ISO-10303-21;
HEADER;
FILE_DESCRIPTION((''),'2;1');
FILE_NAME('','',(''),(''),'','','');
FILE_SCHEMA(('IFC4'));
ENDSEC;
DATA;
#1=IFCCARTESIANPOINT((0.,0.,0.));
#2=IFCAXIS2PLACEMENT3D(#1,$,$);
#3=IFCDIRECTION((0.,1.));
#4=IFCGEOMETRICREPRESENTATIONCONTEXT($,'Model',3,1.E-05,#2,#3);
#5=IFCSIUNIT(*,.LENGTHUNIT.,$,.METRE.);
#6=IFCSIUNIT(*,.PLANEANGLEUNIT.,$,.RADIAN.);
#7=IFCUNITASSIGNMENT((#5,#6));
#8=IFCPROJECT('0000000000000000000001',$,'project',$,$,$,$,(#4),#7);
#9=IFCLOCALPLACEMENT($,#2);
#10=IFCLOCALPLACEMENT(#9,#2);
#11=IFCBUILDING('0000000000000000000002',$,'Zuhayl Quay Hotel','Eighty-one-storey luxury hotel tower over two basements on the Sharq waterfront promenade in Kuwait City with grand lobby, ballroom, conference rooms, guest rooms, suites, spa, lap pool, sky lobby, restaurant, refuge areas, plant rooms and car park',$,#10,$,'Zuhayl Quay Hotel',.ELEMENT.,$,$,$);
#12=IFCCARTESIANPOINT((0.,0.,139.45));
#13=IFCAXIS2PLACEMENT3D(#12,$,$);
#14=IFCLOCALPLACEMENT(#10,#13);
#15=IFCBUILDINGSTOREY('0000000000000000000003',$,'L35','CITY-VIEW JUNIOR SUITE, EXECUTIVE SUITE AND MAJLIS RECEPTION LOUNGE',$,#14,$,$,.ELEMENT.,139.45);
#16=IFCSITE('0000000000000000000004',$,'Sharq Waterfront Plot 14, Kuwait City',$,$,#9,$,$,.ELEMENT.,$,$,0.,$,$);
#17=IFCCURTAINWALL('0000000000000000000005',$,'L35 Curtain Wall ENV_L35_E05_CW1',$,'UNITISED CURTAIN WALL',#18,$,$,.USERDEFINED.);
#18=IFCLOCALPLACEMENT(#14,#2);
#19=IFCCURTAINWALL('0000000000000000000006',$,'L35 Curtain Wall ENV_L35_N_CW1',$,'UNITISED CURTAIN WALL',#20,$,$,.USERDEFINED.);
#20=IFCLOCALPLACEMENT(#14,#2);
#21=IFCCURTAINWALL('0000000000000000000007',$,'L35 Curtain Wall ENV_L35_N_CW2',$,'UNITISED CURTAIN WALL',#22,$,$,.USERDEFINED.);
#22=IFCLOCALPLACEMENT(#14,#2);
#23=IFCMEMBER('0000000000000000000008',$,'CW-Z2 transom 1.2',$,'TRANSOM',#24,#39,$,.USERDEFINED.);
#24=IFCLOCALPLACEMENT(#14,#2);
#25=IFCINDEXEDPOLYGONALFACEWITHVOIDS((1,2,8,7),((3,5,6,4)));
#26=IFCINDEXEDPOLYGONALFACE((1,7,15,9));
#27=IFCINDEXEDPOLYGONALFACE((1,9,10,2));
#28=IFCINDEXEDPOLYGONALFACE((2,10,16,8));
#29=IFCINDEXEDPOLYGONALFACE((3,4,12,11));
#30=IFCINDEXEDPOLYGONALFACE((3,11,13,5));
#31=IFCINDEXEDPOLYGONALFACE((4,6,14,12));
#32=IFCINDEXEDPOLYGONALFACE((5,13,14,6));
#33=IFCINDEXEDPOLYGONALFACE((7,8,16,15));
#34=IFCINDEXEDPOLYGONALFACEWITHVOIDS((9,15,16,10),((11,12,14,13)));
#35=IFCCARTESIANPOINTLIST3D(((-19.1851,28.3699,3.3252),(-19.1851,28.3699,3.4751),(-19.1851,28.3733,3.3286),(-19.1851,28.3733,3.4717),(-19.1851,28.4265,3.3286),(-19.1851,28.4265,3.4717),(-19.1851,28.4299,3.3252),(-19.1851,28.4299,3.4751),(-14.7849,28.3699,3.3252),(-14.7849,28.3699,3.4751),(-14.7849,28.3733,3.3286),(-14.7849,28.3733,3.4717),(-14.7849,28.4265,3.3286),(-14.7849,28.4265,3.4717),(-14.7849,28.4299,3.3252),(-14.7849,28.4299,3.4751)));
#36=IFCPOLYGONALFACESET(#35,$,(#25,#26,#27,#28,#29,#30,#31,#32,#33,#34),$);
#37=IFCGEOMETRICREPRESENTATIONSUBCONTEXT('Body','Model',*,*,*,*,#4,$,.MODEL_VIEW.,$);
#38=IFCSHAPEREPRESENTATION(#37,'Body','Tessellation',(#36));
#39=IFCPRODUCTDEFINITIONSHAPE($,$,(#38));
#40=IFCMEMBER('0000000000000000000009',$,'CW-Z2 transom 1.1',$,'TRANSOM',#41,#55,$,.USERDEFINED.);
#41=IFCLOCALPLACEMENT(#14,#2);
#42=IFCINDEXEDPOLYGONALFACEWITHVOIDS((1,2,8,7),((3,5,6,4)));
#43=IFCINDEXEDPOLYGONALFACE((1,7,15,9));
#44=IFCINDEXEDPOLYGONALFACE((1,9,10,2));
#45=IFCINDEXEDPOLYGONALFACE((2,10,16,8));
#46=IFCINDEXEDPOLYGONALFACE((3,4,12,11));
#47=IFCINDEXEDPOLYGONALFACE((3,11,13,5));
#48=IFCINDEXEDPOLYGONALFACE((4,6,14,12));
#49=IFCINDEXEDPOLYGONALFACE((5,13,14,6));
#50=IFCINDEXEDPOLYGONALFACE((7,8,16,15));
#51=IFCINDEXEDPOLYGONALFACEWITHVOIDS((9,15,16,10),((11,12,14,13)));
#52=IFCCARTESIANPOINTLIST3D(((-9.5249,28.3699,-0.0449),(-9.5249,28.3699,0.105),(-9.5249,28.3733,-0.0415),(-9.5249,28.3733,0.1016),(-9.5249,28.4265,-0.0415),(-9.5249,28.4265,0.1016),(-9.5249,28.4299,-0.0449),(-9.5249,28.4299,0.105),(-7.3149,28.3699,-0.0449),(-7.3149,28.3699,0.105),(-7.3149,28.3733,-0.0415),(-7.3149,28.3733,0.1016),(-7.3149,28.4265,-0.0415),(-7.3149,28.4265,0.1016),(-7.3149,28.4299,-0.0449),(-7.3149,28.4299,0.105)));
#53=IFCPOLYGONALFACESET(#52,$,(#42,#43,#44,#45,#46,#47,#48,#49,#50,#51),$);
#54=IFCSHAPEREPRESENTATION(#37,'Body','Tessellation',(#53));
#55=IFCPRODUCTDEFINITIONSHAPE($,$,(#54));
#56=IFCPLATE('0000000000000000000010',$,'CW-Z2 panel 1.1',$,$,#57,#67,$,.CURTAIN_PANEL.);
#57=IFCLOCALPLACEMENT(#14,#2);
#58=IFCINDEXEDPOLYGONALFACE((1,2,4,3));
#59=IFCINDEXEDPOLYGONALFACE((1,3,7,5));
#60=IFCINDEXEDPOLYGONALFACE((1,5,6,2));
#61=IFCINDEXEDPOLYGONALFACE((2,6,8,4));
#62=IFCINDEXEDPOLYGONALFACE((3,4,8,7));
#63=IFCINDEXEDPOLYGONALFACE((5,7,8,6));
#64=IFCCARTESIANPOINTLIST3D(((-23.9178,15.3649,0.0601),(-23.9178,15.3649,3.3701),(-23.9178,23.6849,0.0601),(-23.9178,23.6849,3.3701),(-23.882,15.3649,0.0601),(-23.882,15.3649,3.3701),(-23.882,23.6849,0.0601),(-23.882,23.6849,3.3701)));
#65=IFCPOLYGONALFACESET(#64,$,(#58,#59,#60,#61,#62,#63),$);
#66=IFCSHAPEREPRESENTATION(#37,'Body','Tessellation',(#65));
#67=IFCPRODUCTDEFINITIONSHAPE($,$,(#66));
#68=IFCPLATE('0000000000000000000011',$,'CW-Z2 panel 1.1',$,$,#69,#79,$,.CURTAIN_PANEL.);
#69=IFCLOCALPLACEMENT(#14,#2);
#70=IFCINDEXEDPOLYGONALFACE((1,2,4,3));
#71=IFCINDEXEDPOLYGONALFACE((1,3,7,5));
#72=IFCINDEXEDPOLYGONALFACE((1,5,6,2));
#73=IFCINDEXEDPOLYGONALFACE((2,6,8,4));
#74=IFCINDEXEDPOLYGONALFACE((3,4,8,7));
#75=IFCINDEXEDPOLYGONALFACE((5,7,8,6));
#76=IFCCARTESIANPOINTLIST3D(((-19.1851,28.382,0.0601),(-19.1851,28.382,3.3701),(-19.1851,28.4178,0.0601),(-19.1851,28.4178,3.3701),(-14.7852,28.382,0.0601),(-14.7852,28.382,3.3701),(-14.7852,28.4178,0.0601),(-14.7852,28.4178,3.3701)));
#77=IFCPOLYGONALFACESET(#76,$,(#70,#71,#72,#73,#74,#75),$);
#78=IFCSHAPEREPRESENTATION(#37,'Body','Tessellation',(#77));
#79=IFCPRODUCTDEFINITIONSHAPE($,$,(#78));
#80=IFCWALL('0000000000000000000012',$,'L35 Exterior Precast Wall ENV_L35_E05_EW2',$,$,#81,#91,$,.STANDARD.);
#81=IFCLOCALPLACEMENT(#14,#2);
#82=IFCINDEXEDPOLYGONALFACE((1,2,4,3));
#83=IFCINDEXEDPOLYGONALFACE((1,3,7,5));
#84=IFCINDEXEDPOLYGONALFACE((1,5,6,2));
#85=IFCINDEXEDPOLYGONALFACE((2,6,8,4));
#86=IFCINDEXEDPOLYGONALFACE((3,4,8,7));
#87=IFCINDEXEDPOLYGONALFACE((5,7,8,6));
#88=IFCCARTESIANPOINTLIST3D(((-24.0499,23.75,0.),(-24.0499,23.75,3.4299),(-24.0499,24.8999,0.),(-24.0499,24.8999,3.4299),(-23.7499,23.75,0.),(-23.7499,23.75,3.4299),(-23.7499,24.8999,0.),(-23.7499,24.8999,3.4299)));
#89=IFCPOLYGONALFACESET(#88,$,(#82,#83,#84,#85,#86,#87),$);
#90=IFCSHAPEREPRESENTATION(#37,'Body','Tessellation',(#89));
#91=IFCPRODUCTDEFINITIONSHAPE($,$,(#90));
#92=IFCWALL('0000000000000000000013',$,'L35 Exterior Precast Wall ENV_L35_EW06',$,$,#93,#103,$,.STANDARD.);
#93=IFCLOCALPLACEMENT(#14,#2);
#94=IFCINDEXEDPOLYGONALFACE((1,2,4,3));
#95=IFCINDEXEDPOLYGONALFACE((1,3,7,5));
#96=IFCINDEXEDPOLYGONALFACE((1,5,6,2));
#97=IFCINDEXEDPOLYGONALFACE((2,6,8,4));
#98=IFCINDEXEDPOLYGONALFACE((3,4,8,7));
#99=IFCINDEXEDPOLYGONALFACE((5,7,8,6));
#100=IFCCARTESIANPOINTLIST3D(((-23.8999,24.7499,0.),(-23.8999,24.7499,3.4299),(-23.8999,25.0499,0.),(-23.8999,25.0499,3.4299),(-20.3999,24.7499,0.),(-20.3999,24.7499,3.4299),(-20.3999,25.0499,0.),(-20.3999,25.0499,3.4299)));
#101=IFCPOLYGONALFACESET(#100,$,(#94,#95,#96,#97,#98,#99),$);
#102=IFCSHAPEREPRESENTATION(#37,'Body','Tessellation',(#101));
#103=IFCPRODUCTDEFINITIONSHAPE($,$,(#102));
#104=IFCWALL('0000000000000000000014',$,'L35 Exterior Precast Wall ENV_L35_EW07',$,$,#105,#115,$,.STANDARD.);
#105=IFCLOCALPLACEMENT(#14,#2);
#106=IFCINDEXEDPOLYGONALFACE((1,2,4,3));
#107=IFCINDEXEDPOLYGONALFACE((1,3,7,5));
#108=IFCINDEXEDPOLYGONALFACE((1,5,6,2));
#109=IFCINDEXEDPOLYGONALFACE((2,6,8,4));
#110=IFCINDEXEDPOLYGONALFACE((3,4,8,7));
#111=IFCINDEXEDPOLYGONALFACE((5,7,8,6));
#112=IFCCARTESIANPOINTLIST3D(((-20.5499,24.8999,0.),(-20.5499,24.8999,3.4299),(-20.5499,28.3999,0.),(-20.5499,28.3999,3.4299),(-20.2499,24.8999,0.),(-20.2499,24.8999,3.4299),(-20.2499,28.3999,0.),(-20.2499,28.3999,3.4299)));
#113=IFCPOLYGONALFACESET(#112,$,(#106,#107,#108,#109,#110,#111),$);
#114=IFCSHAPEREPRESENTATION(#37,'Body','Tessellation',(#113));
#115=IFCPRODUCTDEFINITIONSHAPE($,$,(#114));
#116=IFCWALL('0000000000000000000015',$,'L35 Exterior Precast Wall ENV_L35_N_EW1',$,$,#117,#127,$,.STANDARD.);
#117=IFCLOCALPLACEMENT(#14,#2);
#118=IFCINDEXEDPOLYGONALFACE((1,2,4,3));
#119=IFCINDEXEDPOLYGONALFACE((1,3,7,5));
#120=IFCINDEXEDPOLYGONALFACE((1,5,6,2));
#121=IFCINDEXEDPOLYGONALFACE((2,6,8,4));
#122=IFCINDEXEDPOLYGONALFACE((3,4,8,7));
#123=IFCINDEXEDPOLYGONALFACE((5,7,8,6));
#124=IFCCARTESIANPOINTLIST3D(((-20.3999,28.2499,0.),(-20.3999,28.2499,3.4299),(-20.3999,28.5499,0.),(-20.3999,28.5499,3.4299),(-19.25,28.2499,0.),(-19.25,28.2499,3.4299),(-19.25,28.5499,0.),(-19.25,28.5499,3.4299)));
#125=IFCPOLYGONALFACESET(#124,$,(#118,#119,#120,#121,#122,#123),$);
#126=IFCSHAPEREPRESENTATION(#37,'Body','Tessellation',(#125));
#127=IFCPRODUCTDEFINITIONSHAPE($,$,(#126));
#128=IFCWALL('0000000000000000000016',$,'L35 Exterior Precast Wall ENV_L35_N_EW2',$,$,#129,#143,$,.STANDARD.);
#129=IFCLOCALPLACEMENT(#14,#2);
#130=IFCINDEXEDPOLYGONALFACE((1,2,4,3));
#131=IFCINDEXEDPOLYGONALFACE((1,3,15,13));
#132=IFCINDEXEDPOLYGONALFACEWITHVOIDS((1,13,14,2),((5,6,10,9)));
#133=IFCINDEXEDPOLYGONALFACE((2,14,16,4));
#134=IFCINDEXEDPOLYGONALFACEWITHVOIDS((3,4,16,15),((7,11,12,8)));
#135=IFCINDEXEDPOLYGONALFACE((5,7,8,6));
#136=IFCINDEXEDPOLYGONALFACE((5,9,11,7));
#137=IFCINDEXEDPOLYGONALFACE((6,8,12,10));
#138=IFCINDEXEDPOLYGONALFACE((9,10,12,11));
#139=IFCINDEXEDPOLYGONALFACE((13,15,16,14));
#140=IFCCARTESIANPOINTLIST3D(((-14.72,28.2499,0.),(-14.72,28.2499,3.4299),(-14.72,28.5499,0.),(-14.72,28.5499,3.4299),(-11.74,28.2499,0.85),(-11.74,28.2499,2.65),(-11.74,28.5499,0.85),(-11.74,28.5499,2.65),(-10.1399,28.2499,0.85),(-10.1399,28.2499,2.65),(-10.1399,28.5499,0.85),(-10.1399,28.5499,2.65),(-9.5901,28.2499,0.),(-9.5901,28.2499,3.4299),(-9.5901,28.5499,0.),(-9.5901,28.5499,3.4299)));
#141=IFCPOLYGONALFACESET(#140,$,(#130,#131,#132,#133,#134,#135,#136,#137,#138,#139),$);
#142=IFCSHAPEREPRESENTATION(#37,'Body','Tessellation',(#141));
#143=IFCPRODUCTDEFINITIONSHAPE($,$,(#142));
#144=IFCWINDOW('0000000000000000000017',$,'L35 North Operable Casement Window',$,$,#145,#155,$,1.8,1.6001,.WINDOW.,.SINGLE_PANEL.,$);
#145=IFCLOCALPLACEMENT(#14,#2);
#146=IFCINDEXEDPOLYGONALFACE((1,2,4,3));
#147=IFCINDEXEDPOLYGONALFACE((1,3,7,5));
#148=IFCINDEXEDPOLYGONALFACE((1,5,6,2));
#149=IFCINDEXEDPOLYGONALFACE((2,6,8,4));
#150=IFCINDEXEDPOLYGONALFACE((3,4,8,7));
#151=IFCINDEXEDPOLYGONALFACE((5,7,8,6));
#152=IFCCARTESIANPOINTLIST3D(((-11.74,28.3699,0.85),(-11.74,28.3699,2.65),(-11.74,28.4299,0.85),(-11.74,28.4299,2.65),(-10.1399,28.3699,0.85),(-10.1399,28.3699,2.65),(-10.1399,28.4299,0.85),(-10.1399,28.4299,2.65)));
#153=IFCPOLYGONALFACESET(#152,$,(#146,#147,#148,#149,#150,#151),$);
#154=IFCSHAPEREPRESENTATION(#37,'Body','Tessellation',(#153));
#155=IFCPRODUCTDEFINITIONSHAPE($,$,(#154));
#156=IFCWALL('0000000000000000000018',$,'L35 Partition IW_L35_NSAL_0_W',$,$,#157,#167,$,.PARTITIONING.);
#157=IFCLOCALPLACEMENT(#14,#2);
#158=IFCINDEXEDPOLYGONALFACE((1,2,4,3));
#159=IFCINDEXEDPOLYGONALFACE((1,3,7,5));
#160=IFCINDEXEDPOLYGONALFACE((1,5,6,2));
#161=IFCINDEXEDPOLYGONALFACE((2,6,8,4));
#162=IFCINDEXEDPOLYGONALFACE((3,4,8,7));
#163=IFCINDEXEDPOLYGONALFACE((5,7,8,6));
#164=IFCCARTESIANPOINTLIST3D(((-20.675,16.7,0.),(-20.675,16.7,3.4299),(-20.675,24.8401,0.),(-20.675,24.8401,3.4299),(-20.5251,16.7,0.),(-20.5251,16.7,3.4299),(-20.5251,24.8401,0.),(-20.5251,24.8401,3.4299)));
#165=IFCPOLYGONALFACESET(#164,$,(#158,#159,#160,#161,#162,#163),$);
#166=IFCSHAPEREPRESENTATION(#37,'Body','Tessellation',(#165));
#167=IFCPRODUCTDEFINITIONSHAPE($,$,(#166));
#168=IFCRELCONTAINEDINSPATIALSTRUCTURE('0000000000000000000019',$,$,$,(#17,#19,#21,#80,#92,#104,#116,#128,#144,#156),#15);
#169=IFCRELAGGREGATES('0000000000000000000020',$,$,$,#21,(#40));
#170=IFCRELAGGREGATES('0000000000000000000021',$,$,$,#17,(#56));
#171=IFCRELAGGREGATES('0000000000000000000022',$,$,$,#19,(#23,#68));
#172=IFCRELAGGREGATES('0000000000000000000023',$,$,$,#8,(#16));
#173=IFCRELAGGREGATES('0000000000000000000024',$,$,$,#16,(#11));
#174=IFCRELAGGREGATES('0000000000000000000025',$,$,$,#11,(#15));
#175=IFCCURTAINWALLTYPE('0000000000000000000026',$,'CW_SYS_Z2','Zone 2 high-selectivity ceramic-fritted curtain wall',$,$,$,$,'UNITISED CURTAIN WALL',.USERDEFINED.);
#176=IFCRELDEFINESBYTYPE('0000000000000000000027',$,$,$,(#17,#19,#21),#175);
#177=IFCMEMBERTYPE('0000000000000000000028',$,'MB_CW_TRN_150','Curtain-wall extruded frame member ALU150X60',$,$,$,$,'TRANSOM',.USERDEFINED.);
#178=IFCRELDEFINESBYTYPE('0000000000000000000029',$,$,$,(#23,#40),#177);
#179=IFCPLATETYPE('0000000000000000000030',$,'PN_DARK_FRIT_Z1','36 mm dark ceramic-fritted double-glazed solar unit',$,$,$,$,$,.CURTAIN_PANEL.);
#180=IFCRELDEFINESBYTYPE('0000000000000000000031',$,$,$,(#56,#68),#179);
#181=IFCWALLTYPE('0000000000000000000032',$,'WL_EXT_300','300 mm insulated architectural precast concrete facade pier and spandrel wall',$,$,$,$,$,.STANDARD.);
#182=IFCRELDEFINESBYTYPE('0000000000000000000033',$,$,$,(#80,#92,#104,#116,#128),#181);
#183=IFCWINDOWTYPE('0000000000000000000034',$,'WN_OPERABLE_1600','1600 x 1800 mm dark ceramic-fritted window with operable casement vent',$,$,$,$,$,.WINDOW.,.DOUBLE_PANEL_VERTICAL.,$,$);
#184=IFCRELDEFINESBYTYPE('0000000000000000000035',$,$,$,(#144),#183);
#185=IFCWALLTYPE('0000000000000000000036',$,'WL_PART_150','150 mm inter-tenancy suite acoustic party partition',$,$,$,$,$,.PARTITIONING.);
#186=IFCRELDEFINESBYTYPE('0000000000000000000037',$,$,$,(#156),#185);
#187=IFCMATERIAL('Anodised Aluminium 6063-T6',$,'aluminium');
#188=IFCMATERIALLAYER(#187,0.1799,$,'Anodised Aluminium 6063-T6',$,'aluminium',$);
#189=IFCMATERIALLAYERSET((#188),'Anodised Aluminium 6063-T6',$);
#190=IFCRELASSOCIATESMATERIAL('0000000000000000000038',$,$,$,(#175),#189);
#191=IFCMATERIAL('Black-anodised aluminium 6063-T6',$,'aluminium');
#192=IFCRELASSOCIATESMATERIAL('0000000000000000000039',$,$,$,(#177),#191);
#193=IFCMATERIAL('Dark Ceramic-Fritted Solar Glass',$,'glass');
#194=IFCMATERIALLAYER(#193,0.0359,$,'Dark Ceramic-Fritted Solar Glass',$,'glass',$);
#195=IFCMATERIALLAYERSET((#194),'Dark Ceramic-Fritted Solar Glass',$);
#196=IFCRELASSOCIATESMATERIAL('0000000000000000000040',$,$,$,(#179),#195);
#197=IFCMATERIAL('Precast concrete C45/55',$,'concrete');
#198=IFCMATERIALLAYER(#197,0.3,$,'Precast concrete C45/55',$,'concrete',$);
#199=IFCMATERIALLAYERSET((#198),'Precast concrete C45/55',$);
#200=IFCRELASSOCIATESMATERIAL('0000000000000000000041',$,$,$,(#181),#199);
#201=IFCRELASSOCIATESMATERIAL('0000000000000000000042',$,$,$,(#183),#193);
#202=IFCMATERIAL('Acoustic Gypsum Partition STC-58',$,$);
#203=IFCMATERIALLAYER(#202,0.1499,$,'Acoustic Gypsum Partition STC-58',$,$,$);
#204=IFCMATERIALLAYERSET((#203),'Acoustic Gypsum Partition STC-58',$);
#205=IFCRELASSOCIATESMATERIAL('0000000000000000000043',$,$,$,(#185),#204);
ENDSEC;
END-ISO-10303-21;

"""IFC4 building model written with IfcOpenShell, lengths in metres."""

from ifc_helpers import new_model, si_unit, direction, frame, frame_2d, origin, origin_2d, place, context, subcontext, project, spatial, rectangle, hollow_rectangle, extrude, material, layer, layer_set, material_profile, profile_set, type_object, element, fill, aggregate, save


model = new_model("IFC4")

# Units and contexts
model_context = context("Model", 3, precision=1e-05, world=origin(), true_north=direction((0.0, 1.0)))
body_context = subcontext(model_context, "Body", "Model", "MODEL_VIEW")
ifc_project = project(units=[si_unit("LENGTHUNIT", "METRE"), si_unit("PLANEANGLEUNIT", "RADIAN")], contexts=[model_context])

# Site, building, storey
site_placement = place(None, origin())
site = spatial("IfcSite", under=ifc_project, at=site_placement, Name="Sharq Waterfront Plot 14, Kuwait City", CompositionType="ELEMENT", RefElevation=0.0)
building_placement = place(site_placement, origin())
building = spatial("IfcBuilding", under=site, at=building_placement, Name="Zuhayl Quay Hotel", Description="Eighty-one-storey luxury hotel tower over two basements on the Sharq waterfront promenade in Kuwait City with grand lobby, ballroom, conference rooms, guest rooms, suites, spa, lap pool, sky lobby, restaurant, refuge areas, plant rooms and car park", LongName="Zuhayl Quay Hotel", CompositionType="ELEMENT")
storey_placement = place(building_placement, frame((0.0, 0.0, 139.45)))
storey = spatial("IfcBuildingStorey", under=building, at=storey_placement, Name="L35", Description="CITY-VIEW JUNIOR SUITE, EXECUTIVE SUITE AND MAJLIS RECEPTION LOUNGE", CompositionType="ELEMENT", Elevation=139.45)

# Curtain wall
ifc_material_1 = material(Name="Anodised Aluminium 6063-T6", Category="aluminium")
ifc_layer_1 = layer(ifc_material_1, 0.1799, Name="Anodised Aluminium 6063-T6", Category="aluminium")
ifc_layer_set_1 = layer_set([ifc_layer_1], Name="Anodised Aluminium 6063-T6")
curtain_wall_type = type_object("IfcCurtainWallType", Name="CW_SYS_Z2", Description="Zone 2 high-selectivity ceramic-fritted curtain wall", ElementType="UNITISED CURTAIN WALL", PredefinedType="USERDEFINED", material=ifc_layer_set_1)
curtain_wall_1_placement = place(storey_placement, origin())
curtain_wall_1 = element("IfcCurtainWall", 1, at=curtain_wall_1_placement, inside=storey, type_object=curtain_wall_type, Name="L35 Curtain Wall ENV_L35_E05_CW1", ObjectType="UNITISED CURTAIN WALL", PredefinedType="USERDEFINED")
ifc_material_2 = material(Name="Black-anodised aluminium 6063-T6", Category="aluminium")

# Curtain wall
curtain_wall_2_placement = place(storey_placement, origin())
curtain_wall_2 = element("IfcCurtainWall", 2, at=curtain_wall_2_placement, inside=storey, type_object=curtain_wall_type, Name="L35 Curtain Wall ENV_L35_N_CW1", ObjectType="UNITISED CURTAIN WALL", PredefinedType="USERDEFINED")

# Curtain wall
curtain_wall_3_placement = place(storey_placement, origin())
curtain_wall_3 = element("IfcCurtainWall", 3, at=curtain_wall_3_placement, inside=storey, type_object=curtain_wall_type, Name="L35 Curtain Wall ENV_L35_N_CW2", ObjectType="UNITISED CURTAIN WALL", PredefinedType="USERDEFINED")

# Members
ifc_material_profile_1 = material_profile(ifc_material_2, hollow_rectangle(XDim=0.0601, YDim=0.1499, WallThickness=0.0034, at=origin_2d()), Name="ALU150X60")
ifc_profile_set_1 = profile_set([ifc_material_profile_1], Name="Black-anodised aluminium 6063-T6")
member_type_1 = type_object("IfcMemberType", Name="MB_CW_TRN_150", Description="Curtain-wall extruded frame member ALU150X60", ElementType="TRANSOM", PredefinedType="USERDEFINED", material=ifc_profile_set_1)
member_1_placement = place(storey_placement, frame((-19.1851, 28.3999, 3.4001), z_axis=(1.0, 0.0, 0.0), x_axis=(0.0, 1.0, 0.0)))
member_1 = element("IfcMember", 4, at=member_1_placement, type_object=member_type_1, Name="CW-Z2 transom 1.2", ObjectType="TRANSOM", PredefinedType="USERDEFINED", context=body_context, shape_type="SweptSolid", body=[
    extrude(hollow_rectangle(XDim=0.0601, YDim=0.1499, WallThickness=0.0034, at=origin_2d()), origin(), (0.0, 0.0, 1.0), 4.4001),
])
member_2_placement = place(storey_placement, frame((-9.5249, 28.3999, 0.03), z_axis=(1.0, 0.0, 0.0), x_axis=(0.0, 1.0, 0.0)))
member_2 = element("IfcMember", 5, at=member_2_placement, type_object=member_type_1, Name="CW-Z2 transom 1.1", ObjectType="TRANSOM", PredefinedType="USERDEFINED", context=body_context, shape_type="SweptSolid", body=[
    extrude(hollow_rectangle(XDim=0.0601, YDim=0.1499, WallThickness=0.0034, at=origin_2d()), origin(), (0.0, 0.0, 1.0), 2.21),
])
aggregate(curtain_wall_3, [member_2])

# Plates
ifc_material_3 = material(Name="Dark Ceramic-Fritted Solar Glass", Category="glass")
ifc_layer_2 = layer(ifc_material_3, 0.0359, Name="Dark Ceramic-Fritted Solar Glass", Category="glass")
ifc_layer_set_2 = layer_set([ifc_layer_2], Name="Dark Ceramic-Fritted Solar Glass")
plate_type = type_object("IfcPlateType", Name="PN_DARK_FRIT_Z1", Description="36 mm dark ceramic-fritted double-glazed solar unit", PredefinedType="CURTAIN_PANEL", material=ifc_layer_set_2)
plate_1_placement = place(storey_placement, frame((-23.8999, 19.5249, 0.0601), z_axis=(0.0, 0.0, 1.0), x_axis=(0.0, 1.0, 0.0)))
plate_1 = element("IfcPlate", 6, at=plate_1_placement, type_object=plate_type, Name="CW-Z2 panel 1.1", PredefinedType="CURTAIN_PANEL", context=body_context, shape_type="SweptSolid", body=[
    extrude(rectangle(XDim=8.3201, YDim=0.0359, at=origin_2d()), origin(), (0.0, 0.0, 1.0), 3.3101),
])
aggregate(curtain_wall_1, [plate_1])
plate_2_placement = place(storey_placement, frame((-16.9851, 28.3999, 0.0601), z_axis=(0.0, 0.0, 1.0), x_axis=(1.0, 0.0, 0.0)))
plate_2 = element("IfcPlate", 7, at=plate_2_placement, type_object=plate_type, Name="CW-Z2 panel 1.1", PredefinedType="CURTAIN_PANEL", context=body_context, shape_type="SweptSolid", body=[
    extrude(rectangle(XDim=4.3999, YDim=0.0359, at=origin_2d()), origin(), (0.0, 0.0, 1.0), 3.3101),
])
aggregate(curtain_wall_2, [member_1, plate_2])

# Walls
ifc_material_4 = material(Name="Precast concrete C45/55", Category="concrete")
ifc_layer_3 = layer(ifc_material_4, 0.3, Name="Precast concrete C45/55", Category="concrete")
ifc_layer_set_3 = layer_set([ifc_layer_3], Name="Precast concrete C45/55")
wall_type_1 = type_object("IfcWallType", Name="WL_EXT_300", Description="300 mm insulated architectural precast concrete facade pier and spandrel wall", PredefinedType="STANDARD", material=ifc_layer_set_3)
wall_1_placement = place(storey_placement, frame((-23.8999, 23.75, 0.0), z_axis=(0.0, 0.0, 1.0), x_axis=(0.0, 1.0, 0.0)))
element("IfcWall", 8, at=wall_1_placement, inside=storey, type_object=wall_type_1, Name="L35 Exterior Precast Wall ENV_L35_E05_EW2", PredefinedType="STANDARD", context=body_context, shape_type="SweptSolid", body=[
    extrude(rectangle(XDim=1.1499, YDim=0.3, at=frame_2d((0.575, 0.0))), origin(), (0.0, 0.0, 1.0), 3.4299),
])
for number, where, z_axis, x_axis, name in (
    (9, (-23.8999, 24.8999, 0.0), (0.0, 0.0, 1.0), (1.0, 0.0, 0.0), "L35 Exterior Precast Wall ENV_L35_EW06"),
    (10, (-20.3999, 24.8999, 0.0), (0.0, 0.0, 1.0), (0.0, 1.0, 0.0), "L35 Exterior Precast Wall ENV_L35_EW07"),
):
    element("IfcWall", number, at=place(storey_placement, frame(where, z_axis=z_axis, x_axis=x_axis)), inside=storey, type_object=wall_type_1, Name=name, PredefinedType="STANDARD", context=body_context, shape_type="SweptSolid", body=[
        extrude(rectangle(XDim=3.5, YDim=0.3, at=frame_2d((1.75, 0.0))), origin(), (0.0, 0.0, 1.0), 3.4299),
    ])
wall_2_placement = place(storey_placement, frame((-20.3999, 28.3999, 0.0), z_axis=(0.0, 0.0, 1.0), x_axis=(1.0, 0.0, 0.0)))
element("IfcWall", 11, at=wall_2_placement, inside=storey, type_object=wall_type_1, Name="L35 Exterior Precast Wall ENV_L35_N_EW1", PredefinedType="STANDARD", context=body_context, shape_type="SweptSolid", body=[
    extrude(rectangle(XDim=1.1499, YDim=0.3, at=frame_2d((0.575, 0.0))), origin(), (0.0, 0.0, 1.0), 3.4299),
])

# Wall, opening, window
wall_3_placement = place(storey_placement, frame((-14.72, 28.3999, 0.0), z_axis=(0.0, 0.0, 1.0), x_axis=(1.0, 0.0, 0.0)))
wall_3 = element("IfcWall", 12, at=wall_3_placement, inside=storey, type_object=wall_type_1, Name="L35 Exterior Precast Wall ENV_L35_N_EW2", PredefinedType="STANDARD", context=body_context, shape_type="SweptSolid", body=[
    extrude(rectangle(XDim=5.1299, YDim=0.3, at=frame_2d((2.5649, 0.0))), origin(), (0.0, 0.0, 1.0), 3.4299),
])
opening_1_placement = place(wall_3_placement, frame((2.98, 0.0, 0.8501)))
opening_1 = element("IfcOpeningElement", 13, at=opening_1_placement, cuts=wall_3, PredefinedType="OPENING", context=body_context, shape_type="SweptSolid", body=[
    extrude(rectangle(XDim=1.6001, YDim=1.8, at=frame_2d((0.8, 0.8999))), frame((0.0, 0.1599, 0.0), z_axis=(0.0, -1.0, 0.0), x_axis=(1.0, 0.0, 0.0)), (0.0, 0.0, 1.0), 0.3201),
])
window_type = type_object("IfcWindowType", Name="WN_OPERABLE_1600", Description="1600 x 1800 mm dark ceramic-fritted window with operable casement vent", PartitioningType="DOUBLE_PANEL_VERTICAL", PredefinedType="WINDOW", material=ifc_material_3)
window_placement = place(opening_1_placement, origin())
window = element("IfcWindow", 14, at=window_placement, inside=storey, type_object=window_type, Name="L35 North Operable Casement Window", OverallHeight=1.8, OverallWidth=1.6001, PartitioningType="SINGLE_PANEL", PredefinedType="WINDOW", context=body_context, shape_type="SweptSolid", body=[
    extrude(rectangle(XDim=1.6001, YDim=1.8, at=frame_2d((0.8, 0.8999))), frame((0.0, 0.03, 0.0), z_axis=(0.0, -1.0, 0.0), x_axis=(1.0, 0.0, 0.0)), (0.0, 0.0, 1.0), 0.0601),
])
fill(opening_1, window)

# Wall
ifc_material_5 = material(Name="Acoustic Gypsum Partition STC-58")
ifc_layer_4 = layer(ifc_material_5, 0.1499, Name="Acoustic Gypsum Partition STC-58")
ifc_layer_set_4 = layer_set([ifc_layer_4], Name="Acoustic Gypsum Partition STC-58")
wall_type_2 = type_object("IfcWallType", Name="WL_PART_150", Description="150 mm inter-tenancy suite acoustic party partition", PredefinedType="PARTITIONING", material=ifc_layer_set_4)
wall_4_placement = place(storey_placement, frame((-20.6001, 16.7, 0.0), z_axis=(0.0, 0.0, 1.0), x_axis=(0.0, 1.0, 0.0)))
element("IfcWall", 15, at=wall_4_placement, inside=storey, type_object=wall_type_2, Name="L35 Partition IW_L35_NSAL_0_W", PredefinedType="PARTITIONING", context=body_context, shape_type="SweptSolid", body=[
    extrude(rectangle(XDim=8.1401, YDim=0.1499, at=frame_2d((4.0701, 0.0))), origin(), (0.0, 0.0, 1.0), 3.4299),
])

save(model, "model.ifc")
